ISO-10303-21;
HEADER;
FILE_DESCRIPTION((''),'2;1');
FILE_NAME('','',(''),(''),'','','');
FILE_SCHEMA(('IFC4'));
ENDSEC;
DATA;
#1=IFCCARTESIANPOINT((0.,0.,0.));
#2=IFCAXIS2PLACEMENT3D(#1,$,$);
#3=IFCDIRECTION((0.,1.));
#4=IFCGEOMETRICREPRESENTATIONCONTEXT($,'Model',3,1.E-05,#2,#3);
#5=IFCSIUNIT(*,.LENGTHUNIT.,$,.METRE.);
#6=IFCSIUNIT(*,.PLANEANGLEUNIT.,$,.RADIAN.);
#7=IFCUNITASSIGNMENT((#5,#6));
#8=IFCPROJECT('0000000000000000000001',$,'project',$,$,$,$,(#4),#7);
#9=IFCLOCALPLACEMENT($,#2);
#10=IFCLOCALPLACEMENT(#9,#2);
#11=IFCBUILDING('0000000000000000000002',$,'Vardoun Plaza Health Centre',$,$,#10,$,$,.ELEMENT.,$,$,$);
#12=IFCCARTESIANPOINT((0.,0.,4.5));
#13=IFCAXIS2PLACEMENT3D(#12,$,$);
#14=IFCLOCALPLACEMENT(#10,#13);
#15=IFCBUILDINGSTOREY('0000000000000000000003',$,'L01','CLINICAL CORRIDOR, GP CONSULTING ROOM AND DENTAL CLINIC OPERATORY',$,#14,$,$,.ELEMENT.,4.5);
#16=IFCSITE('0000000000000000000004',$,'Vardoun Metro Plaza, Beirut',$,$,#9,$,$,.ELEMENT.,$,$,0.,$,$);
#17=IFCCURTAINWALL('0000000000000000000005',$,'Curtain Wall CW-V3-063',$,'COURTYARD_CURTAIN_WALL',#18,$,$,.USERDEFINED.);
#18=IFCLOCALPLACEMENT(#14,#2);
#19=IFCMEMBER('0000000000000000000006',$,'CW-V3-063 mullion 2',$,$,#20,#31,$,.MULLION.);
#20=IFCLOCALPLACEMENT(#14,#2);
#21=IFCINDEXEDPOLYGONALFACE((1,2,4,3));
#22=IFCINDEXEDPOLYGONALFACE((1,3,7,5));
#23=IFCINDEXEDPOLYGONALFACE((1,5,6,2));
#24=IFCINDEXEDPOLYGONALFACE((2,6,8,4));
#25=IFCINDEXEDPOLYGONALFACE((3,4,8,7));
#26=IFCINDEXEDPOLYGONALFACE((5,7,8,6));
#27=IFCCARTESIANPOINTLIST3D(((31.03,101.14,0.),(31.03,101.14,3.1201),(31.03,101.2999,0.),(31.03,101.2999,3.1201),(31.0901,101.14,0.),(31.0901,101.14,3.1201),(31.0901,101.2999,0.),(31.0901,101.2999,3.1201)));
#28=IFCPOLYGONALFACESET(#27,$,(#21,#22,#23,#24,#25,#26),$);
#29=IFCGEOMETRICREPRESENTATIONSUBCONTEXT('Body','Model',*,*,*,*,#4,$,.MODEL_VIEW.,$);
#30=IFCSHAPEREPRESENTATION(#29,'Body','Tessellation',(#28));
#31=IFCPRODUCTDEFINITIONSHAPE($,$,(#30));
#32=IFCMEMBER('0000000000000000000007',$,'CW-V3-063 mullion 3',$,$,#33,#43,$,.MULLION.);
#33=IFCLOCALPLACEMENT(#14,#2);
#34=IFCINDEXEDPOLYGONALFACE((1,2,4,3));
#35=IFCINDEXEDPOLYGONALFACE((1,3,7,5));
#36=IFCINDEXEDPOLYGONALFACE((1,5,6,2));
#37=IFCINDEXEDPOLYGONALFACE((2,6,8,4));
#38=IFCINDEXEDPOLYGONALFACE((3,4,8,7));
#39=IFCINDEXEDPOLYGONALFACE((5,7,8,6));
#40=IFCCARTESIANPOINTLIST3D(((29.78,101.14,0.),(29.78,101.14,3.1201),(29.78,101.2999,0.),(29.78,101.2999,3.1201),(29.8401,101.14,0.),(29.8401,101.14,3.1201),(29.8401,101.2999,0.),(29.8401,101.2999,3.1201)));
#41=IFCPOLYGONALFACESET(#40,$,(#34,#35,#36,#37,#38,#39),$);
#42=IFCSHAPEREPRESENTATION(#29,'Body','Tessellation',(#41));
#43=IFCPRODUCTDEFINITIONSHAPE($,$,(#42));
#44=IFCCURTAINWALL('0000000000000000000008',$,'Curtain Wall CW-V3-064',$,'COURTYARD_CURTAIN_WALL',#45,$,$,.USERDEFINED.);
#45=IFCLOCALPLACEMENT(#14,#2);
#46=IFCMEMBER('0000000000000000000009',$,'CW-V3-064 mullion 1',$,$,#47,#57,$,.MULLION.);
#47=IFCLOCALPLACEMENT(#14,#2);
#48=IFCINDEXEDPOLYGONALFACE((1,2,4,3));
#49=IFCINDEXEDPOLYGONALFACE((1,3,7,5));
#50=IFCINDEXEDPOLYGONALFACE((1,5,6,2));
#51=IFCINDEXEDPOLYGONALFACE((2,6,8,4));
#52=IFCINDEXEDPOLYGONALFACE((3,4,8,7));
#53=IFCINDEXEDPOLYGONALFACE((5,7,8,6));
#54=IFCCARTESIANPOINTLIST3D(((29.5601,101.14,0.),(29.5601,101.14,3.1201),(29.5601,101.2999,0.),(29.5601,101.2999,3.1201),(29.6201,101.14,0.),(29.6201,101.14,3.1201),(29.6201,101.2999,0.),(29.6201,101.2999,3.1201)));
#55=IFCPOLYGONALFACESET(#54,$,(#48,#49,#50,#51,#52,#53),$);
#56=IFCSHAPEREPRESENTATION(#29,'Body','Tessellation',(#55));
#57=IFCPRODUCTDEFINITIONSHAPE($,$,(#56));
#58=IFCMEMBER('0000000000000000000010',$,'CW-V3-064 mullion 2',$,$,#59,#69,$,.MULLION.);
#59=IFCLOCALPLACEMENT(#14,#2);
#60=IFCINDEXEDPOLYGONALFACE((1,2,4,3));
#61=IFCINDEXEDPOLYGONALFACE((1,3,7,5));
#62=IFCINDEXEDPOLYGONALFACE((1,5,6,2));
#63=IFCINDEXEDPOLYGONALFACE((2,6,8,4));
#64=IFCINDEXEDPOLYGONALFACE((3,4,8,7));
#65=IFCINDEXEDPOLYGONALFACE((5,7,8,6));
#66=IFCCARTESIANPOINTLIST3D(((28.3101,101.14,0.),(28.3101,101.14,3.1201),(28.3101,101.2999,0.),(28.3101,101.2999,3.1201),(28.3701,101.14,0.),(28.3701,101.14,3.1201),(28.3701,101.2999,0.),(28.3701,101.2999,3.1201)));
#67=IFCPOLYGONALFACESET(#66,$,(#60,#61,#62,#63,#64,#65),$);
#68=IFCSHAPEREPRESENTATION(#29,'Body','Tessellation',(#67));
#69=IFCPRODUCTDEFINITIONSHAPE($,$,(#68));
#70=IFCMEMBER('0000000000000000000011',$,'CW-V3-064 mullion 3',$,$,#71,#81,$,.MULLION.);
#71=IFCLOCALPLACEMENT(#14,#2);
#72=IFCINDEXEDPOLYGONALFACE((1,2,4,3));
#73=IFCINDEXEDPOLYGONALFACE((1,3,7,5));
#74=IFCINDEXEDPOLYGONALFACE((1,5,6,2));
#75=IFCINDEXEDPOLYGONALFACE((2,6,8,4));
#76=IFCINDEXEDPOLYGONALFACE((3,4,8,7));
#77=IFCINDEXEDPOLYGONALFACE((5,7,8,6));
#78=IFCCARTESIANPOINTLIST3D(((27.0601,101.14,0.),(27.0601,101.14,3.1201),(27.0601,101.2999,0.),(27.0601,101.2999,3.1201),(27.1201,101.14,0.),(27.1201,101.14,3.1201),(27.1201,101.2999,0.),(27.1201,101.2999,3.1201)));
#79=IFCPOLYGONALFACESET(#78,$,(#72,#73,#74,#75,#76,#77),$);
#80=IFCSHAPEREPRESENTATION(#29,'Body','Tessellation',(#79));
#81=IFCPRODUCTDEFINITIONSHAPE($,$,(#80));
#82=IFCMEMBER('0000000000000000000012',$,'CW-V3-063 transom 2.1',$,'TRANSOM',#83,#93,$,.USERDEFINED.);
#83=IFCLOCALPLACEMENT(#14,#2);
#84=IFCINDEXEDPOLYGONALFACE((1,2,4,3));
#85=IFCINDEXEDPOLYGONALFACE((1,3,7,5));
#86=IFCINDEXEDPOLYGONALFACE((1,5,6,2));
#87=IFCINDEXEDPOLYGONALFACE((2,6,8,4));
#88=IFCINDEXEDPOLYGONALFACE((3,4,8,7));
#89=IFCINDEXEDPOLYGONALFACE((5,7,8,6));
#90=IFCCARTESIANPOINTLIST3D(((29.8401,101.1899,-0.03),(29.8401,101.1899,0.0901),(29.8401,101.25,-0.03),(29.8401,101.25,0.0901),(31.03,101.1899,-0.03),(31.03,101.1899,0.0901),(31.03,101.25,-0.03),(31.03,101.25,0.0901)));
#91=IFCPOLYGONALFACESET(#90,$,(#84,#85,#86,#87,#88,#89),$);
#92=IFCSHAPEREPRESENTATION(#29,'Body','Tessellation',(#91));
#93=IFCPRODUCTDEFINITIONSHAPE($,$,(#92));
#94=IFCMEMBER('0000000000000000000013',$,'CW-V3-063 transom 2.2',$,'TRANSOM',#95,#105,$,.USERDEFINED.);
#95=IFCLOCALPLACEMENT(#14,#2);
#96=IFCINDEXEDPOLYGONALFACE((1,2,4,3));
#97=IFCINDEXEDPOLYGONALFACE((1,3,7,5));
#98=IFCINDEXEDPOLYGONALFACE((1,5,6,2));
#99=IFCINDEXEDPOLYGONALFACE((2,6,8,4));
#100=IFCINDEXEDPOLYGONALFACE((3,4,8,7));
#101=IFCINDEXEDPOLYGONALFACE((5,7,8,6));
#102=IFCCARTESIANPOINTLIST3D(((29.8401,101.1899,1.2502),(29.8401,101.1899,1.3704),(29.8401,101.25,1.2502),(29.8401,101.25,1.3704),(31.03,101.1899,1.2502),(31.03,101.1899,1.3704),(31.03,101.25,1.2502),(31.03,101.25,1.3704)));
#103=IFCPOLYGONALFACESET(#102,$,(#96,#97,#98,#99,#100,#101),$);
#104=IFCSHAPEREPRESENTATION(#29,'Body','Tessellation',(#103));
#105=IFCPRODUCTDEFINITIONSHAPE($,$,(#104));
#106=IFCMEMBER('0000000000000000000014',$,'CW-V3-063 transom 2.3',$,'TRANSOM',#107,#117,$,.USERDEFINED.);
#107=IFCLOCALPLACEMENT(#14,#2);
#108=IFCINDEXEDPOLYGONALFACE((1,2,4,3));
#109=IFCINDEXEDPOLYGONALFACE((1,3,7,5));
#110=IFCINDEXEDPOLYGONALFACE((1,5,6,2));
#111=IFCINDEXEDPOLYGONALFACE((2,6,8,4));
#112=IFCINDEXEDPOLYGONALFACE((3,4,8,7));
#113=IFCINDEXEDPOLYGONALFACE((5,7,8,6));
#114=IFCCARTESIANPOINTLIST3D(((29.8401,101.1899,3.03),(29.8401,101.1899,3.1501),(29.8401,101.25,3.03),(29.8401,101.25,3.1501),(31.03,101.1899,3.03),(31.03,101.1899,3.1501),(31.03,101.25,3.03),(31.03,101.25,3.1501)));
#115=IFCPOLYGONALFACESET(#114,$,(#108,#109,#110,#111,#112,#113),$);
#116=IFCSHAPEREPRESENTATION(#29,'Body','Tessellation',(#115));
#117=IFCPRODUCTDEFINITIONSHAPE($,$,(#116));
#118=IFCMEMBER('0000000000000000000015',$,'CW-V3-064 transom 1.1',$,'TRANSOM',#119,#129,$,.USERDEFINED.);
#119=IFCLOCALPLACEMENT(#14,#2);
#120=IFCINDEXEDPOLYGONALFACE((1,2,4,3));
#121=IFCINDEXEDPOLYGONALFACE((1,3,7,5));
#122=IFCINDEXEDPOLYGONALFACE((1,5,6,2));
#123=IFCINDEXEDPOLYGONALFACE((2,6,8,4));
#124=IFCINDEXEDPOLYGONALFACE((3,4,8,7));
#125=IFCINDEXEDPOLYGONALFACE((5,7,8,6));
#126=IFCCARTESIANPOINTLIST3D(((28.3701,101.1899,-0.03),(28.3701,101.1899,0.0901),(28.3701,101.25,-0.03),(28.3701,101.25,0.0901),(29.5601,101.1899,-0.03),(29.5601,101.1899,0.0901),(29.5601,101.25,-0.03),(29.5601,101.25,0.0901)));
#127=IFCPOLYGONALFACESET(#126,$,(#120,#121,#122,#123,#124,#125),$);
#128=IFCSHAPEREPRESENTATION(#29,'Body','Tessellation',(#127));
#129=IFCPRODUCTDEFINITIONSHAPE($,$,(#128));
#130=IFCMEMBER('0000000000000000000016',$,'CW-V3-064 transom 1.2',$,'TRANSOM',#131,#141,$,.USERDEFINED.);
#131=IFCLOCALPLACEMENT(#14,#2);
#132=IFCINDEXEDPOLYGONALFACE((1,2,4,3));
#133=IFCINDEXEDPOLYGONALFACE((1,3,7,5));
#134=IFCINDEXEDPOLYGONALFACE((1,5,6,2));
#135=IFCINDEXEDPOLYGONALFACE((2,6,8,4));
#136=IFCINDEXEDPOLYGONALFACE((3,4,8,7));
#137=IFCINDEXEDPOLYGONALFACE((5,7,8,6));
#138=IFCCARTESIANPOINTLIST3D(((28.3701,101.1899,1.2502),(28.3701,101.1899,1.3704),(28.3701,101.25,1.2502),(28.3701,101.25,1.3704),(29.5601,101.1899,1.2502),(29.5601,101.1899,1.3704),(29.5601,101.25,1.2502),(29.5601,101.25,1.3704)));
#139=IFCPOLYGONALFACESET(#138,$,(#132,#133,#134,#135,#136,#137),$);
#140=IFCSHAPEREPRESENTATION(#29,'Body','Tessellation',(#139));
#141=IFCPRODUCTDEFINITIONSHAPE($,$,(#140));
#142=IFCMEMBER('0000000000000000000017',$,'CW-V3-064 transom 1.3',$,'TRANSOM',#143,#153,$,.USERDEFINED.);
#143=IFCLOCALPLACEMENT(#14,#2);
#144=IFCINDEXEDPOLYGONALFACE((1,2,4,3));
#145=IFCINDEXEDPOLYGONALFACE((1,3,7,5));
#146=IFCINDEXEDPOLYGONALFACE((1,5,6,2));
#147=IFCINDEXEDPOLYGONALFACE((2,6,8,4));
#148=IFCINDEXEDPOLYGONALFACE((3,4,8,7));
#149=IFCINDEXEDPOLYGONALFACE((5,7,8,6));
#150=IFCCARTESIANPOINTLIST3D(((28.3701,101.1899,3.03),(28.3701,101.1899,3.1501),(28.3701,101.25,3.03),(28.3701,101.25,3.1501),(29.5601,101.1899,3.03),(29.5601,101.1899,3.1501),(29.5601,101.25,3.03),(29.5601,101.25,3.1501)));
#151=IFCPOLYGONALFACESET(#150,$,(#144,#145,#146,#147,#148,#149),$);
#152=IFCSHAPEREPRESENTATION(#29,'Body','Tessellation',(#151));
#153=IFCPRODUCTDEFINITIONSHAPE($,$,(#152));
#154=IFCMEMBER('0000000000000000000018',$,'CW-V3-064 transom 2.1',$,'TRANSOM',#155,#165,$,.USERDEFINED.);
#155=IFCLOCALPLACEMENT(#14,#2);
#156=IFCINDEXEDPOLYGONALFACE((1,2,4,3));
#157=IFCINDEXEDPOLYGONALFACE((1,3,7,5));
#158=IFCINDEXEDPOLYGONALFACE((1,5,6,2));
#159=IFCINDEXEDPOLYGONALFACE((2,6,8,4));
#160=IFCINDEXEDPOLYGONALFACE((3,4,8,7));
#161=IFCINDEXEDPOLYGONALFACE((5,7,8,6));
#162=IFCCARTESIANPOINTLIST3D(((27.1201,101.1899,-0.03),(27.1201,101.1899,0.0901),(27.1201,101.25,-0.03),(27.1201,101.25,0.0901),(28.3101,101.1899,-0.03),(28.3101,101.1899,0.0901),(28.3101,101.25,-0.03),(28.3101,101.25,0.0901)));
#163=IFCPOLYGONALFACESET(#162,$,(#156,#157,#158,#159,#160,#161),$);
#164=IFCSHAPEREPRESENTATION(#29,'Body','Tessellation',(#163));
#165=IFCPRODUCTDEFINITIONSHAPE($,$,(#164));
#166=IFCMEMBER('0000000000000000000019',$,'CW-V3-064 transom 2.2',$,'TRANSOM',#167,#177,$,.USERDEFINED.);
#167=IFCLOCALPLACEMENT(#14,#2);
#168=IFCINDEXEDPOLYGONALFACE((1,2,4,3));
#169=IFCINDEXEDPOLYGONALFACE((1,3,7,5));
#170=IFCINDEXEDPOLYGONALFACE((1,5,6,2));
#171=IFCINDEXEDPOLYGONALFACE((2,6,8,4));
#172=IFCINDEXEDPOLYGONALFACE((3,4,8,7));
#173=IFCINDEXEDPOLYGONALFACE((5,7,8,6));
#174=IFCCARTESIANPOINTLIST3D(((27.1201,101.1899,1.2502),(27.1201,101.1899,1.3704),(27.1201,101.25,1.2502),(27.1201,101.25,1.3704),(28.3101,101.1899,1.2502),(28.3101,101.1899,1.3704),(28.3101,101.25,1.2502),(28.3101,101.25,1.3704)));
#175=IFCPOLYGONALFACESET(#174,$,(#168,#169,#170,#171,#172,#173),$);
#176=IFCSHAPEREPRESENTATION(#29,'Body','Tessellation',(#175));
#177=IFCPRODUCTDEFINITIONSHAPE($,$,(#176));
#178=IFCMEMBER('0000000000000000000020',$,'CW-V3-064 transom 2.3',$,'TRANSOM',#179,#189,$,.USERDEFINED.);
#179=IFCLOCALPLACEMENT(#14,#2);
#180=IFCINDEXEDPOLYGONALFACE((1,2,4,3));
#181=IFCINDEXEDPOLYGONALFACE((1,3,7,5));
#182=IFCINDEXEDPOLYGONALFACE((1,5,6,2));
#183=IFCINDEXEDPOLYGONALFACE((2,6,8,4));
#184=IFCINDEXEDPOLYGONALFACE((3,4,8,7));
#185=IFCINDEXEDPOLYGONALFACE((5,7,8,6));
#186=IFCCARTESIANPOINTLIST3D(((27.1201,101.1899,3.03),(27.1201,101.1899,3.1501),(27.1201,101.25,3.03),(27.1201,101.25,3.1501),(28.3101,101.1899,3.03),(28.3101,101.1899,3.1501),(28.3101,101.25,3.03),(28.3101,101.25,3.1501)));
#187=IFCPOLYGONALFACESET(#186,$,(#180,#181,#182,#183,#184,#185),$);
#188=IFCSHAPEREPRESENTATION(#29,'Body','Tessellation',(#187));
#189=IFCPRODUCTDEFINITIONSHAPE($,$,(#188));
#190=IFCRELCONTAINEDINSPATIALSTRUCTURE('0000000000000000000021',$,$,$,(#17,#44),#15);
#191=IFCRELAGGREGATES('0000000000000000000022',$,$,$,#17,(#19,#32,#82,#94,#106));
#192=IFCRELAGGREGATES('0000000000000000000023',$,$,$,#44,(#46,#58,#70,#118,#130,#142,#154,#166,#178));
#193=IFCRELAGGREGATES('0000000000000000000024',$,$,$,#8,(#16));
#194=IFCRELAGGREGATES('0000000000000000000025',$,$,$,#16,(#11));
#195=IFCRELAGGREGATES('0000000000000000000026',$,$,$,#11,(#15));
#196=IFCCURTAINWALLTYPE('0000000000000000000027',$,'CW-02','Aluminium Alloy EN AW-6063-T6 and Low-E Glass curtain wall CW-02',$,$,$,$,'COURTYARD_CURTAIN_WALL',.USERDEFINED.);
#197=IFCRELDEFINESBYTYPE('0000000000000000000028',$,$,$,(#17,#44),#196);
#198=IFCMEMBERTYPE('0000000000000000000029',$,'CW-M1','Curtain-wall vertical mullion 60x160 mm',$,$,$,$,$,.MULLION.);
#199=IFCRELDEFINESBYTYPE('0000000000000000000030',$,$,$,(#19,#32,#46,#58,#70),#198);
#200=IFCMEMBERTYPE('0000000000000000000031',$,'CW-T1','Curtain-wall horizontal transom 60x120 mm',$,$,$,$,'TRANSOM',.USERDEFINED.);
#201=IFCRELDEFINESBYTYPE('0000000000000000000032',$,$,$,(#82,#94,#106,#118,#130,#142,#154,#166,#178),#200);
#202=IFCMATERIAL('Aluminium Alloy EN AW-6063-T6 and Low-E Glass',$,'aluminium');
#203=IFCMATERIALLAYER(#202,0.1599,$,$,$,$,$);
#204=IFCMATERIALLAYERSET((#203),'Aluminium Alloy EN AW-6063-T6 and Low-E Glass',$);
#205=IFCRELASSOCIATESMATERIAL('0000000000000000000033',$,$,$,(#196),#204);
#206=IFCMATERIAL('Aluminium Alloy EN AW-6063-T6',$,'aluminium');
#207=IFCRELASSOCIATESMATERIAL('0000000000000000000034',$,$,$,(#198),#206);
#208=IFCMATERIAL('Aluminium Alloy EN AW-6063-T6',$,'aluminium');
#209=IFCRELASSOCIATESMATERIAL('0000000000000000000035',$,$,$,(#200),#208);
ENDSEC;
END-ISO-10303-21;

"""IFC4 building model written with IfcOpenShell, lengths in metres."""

from ifc_helpers import new_model, si_unit, direction, frame, origin, origin_2d, place, context, subcontext, project, spatial, rectangle, extrude, material, layer, layer_set, material_profile, profile_set, type_object, element, aggregate, save


model = new_model("IFC4")

# Units and contexts
model_context = context("Model", 3, precision=1e-05, world=origin(), true_north=direction((0.0, 1.0)))
body_context = subcontext(model_context, "Body", "Model", "MODEL_VIEW")
ifc_project = project(units=[si_unit("LENGTHUNIT", "METRE"), si_unit("PLANEANGLEUNIT", "RADIAN")], contexts=[model_context])

# Site, building, storey
site_placement = place(None, origin())
site = spatial("IfcSite", under=ifc_project, at=site_placement, Name="Vardoun Metro Plaza, Beirut", CompositionType="ELEMENT", RefElevation=0.0)
building_placement = place(site_placement, origin())
building = spatial("IfcBuilding", under=site, at=building_placement, Name="Vardoun Plaza Health Centre", CompositionType="ELEMENT")
storey_placement = place(building_placement, frame((0.0, 0.0, 4.5)))
storey = spatial("IfcBuildingStorey", under=building, at=storey_placement, Name="L01", Description="CLINICAL CORRIDOR, GP CONSULTING ROOM AND DENTAL CLINIC OPERATORY", CompositionType="ELEMENT", Elevation=4.5)

# Curtain walls, members
ifc_material_1 = material(Name="Aluminium Alloy EN AW-6063-T6 and Low-E Glass", Category="aluminium")
ifc_layer_1 = layer(ifc_material_1, 0.1599)
ifc_layer_set_1 = layer_set([ifc_layer_1], Name="Aluminium Alloy EN AW-6063-T6 and Low-E Glass")
curtain_wall_type = type_object("IfcCurtainWallType", Name="CW-02", Description="Aluminium Alloy EN AW-6063-T6 and Low-E Glass curtain wall CW-02", ElementType="COURTYARD_CURTAIN_WALL", PredefinedType="USERDEFINED", material=ifc_layer_set_1)
curtain_wall_1_placement = place(storey_placement, origin())
curtain_wall_1 = element("IfcCurtainWall", 1, at=curtain_wall_1_placement, inside=storey, type_object=curtain_wall_type, Name="Curtain Wall CW-V3-063", ObjectType="COURTYARD_CURTAIN_WALL", PredefinedType="USERDEFINED")
ifc_material_2 = material(Name="Aluminium Alloy EN AW-6063-T6", Category="aluminium")
ifc_material_profile_1 = material_profile(ifc_material_2, rectangle(XDim=0.1599, YDim=0.0601, at=origin_2d()), Name="CWM 60x160")
ifc_profile_set_1 = profile_set([ifc_material_profile_1], Name="Aluminium Alloy EN AW-6063-T6")
member_type_1 = type_object("IfcMemberType", Name="CW-M1", Description="Curtain-wall vertical mullion 60x160 mm", PredefinedType="MULLION", material=ifc_profile_set_1)
member_1_placement = place(storey_placement, frame((31.0601, 101.22, 0.0), z_axis=(0.0, 0.0, 1.0), x_axis=(0.0, -1.0, 0.0)))
member_1 = element("IfcMember", 2, at=member_1_placement, type_object=member_type_1, Name="CW-V3-063 mullion 2", PredefinedType="MULLION", context=body_context, shape_type="SweptSolid", body=[
    extrude(rectangle(XDim=0.1599, YDim=0.0601, at=origin_2d()), origin(), (0.0, 0.0, 1.0), 3.1201),
])
member_2_placement = place(storey_placement, frame((29.8101, 101.22, 0.0), z_axis=(0.0, 0.0, 1.0), x_axis=(0.0, -1.0, 0.0)))
member_2 = element("IfcMember", 3, at=member_2_placement, type_object=member_type_1, Name="CW-V3-063 mullion 3", PredefinedType="MULLION", context=body_context, shape_type="SweptSolid", body=[
    extrude(rectangle(XDim=0.1599, YDim=0.0601, at=origin_2d()), origin(), (0.0, 0.0, 1.0), 3.1201),
])
curtain_wall_2_placement = place(storey_placement, origin())
curtain_wall_2 = element("IfcCurtainWall", 4, at=curtain_wall_2_placement, inside=storey, type_object=curtain_wall_type, Name="Curtain Wall CW-V3-064", ObjectType="COURTYARD_CURTAIN_WALL", PredefinedType="USERDEFINED")
member_3_placement = place(storey_placement, frame((29.5901, 101.22, 0.0), z_axis=(0.0, 0.0, 1.0), x_axis=(0.0, -1.0, 0.0)))
member_3 = element("IfcMember", 5, at=member_3_placement, type_object=member_type_1, Name="CW-V3-064 mullion 1", PredefinedType="MULLION", context=body_context, shape_type="SweptSolid", body=[
    extrude(rectangle(XDim=0.1599, YDim=0.0601, at=origin_2d()), origin(), (0.0, 0.0, 1.0), 3.1201),
])
member_4_placement = place(storey_placement, frame((28.3401, 101.22, 0.0), z_axis=(0.0, 0.0, 1.0), x_axis=(0.0, -1.0, 0.0)))
member_4 = element("IfcMember", 6, at=member_4_placement, type_object=member_type_1, Name="CW-V3-064 mullion 2", PredefinedType="MULLION", context=body_context, shape_type="SweptSolid", body=[
    extrude(rectangle(XDim=0.1599, YDim=0.0601, at=origin_2d()), origin(), (0.0, 0.0, 1.0), 3.1201),
])
member_5_placement = place(storey_placement, frame((27.0901, 101.22, 0.0), z_axis=(0.0, 0.0, 1.0), x_axis=(0.0, -1.0, 0.0)))
member_5 = element("IfcMember", 7, at=member_5_placement, type_object=member_type_1, Name="CW-V3-064 mullion 3", PredefinedType="MULLION", context=body_context, shape_type="SweptSolid", body=[
    extrude(rectangle(XDim=0.1599, YDim=0.0601, at=origin_2d()), origin(), (0.0, 0.0, 1.0), 3.1201),
])

# Members
ifc_material_3 = material(Name="Aluminium Alloy EN AW-6063-T6", Category="aluminium")
ifc_material_profile_2 = material_profile(ifc_material_3, rectangle(XDim=0.0601, YDim=0.1201, at=origin_2d()), Name="CWT 60x120")
ifc_profile_set_2 = profile_set([ifc_material_profile_2], Name="Aluminium Alloy EN AW-6063-T6")
member_type_2 = type_object("IfcMemberType", Name="CW-T1", Description="Curtain-wall horizontal transom 60x120 mm", ElementType="TRANSOM", PredefinedType="USERDEFINED", material=ifc_profile_set_2)
member_6_placement = place(storey_placement, frame((31.03, 101.22, 0.03), z_axis=(-1.0, 0.0, 0.0), x_axis=(0.0, -1.0, 0.0)))
member_6 = element("IfcMember", 8, at=member_6_placement, type_object=member_type_2, Name="CW-V3-063 transom 2.1", ObjectType="TRANSOM", PredefinedType="USERDEFINED", context=body_context, shape_type="SweptSolid", body=[
    extrude(rectangle(XDim=0.0601, YDim=0.1201, at=origin_2d()), origin(), (0.0, 0.0, 1.0), 1.1899),
])
member_7_placement = place(storey_placement, frame((31.03, 101.22, 1.3103), z_axis=(-1.0, 0.0, 0.0), x_axis=(0.0, -1.0, 0.0)))
member_7 = element("IfcMember", 9, at=member_7_placement, type_object=member_type_2, Name="CW-V3-063 transom 2.2", ObjectType="TRANSOM", PredefinedType="USERDEFINED", context=body_context, shape_type="SweptSolid", body=[
    extrude(rectangle(XDim=0.0601, YDim=0.1201, at=origin_2d()), origin(), (0.0, 0.0, 1.0), 1.1899),
])
member_8_placement = place(storey_placement, frame((31.03, 101.22, 3.0901), z_axis=(-1.0, 0.0, 0.0), x_axis=(0.0, -1.0, 0.0)))
member_8 = element("IfcMember", 10, at=member_8_placement, type_object=member_type_2, Name="CW-V3-063 transom 2.3", ObjectType="TRANSOM", PredefinedType="USERDEFINED", context=body_context, shape_type="SweptSolid", body=[
    extrude(rectangle(XDim=0.0601, YDim=0.1201, at=origin_2d()), origin(), (0.0, 0.0, 1.0), 1.1899),
])
member_9_placement = place(storey_placement, frame((29.5601, 101.22, 0.03), z_axis=(-1.0, 0.0, 0.0), x_axis=(0.0, -1.0, 0.0)))
member_9 = element("IfcMember", 11, at=member_9_placement, type_object=member_type_2, Name="CW-V3-064 transom 1.1", ObjectType="TRANSOM", PredefinedType="USERDEFINED", context=body_context, shape_type="SweptSolid", body=[
    extrude(rectangle(XDim=0.0601, YDim=0.1201, at=origin_2d()), origin(), (0.0, 0.0, 1.0), 1.1899),
])
member_10_placement = place(storey_placement, frame((29.5601, 101.22, 1.3103), z_axis=(-1.0, 0.0, 0.0), x_axis=(0.0, -1.0, 0.0)))
member_10 = element("IfcMember", 12, at=member_10_placement, type_object=member_type_2, Name="CW-V3-064 transom 1.2", ObjectType="TRANSOM", PredefinedType="USERDEFINED", context=body_context, shape_type="SweptSolid", body=[
    extrude(rectangle(XDim=0.0601, YDim=0.1201, at=origin_2d()), origin(), (0.0, 0.0, 1.0), 1.1899),
])
member_11_placement = place(storey_placement, frame((29.5601, 101.22, 3.0901), z_axis=(-1.0, 0.0, 0.0), x_axis=(0.0, -1.0, 0.0)))
member_11 = element("IfcMember", 13, at=member_11_placement, type_object=member_type_2, Name="CW-V3-064 transom 1.3", ObjectType="TRANSOM", PredefinedType="USERDEFINED", context=body_context, shape_type="SweptSolid", body=[
    extrude(rectangle(XDim=0.0601, YDim=0.1201, at=origin_2d()), origin(), (0.0, 0.0, 1.0), 1.1899),
])
member_12_placement = place(storey_placement, frame((28.3101, 101.22, 0.03), z_axis=(-1.0, 0.0, 0.0), x_axis=(0.0, -1.0, 0.0)))
member_12 = element("IfcMember", 14, at=member_12_placement, type_object=member_type_2, Name="CW-V3-064 transom 2.1", ObjectType="TRANSOM", PredefinedType="USERDEFINED", context=body_context, shape_type="SweptSolid", body=[
    extrude(rectangle(XDim=0.0601, YDim=0.1201, at=origin_2d()), origin(), (0.0, 0.0, 1.0), 1.1899),
])
member_13_placement = place(storey_placement, frame((28.3101, 101.22, 1.3103), z_axis=(-1.0, 0.0, 0.0), x_axis=(0.0, -1.0, 0.0)))
member_13 = element("IfcMember", 15, at=member_13_placement, type_object=member_type_2, Name="CW-V3-064 transom 2.2", ObjectType="TRANSOM", PredefinedType="USERDEFINED", context=body_context, shape_type="SweptSolid", body=[
    extrude(rectangle(XDim=0.0601, YDim=0.1201, at=origin_2d()), origin(), (0.0, 0.0, 1.0), 1.1899),
])
member_14_placement = place(storey_placement, frame((28.3101, 101.22, 3.0901), z_axis=(-1.0, 0.0, 0.0), x_axis=(0.0, -1.0, 0.0)))
member_14 = element("IfcMember", 16, at=member_14_placement, type_object=member_type_2, Name="CW-V3-064 transom 2.3", ObjectType="TRANSOM", PredefinedType="USERDEFINED", context=body_context, shape_type="SweptSolid", body=[
    extrude(rectangle(XDim=0.0601, YDim=0.1201, at=origin_2d()), origin(), (0.0, 0.0, 1.0), 1.1899),
])

aggregate(curtain_wall_1, [member_1, member_2, member_6, member_7, member_8])
aggregate(curtain_wall_2, [member_3, member_4, member_5, member_9, member_10, member_11, member_12, member_13, member_14])

save(model, "model.ifc")
